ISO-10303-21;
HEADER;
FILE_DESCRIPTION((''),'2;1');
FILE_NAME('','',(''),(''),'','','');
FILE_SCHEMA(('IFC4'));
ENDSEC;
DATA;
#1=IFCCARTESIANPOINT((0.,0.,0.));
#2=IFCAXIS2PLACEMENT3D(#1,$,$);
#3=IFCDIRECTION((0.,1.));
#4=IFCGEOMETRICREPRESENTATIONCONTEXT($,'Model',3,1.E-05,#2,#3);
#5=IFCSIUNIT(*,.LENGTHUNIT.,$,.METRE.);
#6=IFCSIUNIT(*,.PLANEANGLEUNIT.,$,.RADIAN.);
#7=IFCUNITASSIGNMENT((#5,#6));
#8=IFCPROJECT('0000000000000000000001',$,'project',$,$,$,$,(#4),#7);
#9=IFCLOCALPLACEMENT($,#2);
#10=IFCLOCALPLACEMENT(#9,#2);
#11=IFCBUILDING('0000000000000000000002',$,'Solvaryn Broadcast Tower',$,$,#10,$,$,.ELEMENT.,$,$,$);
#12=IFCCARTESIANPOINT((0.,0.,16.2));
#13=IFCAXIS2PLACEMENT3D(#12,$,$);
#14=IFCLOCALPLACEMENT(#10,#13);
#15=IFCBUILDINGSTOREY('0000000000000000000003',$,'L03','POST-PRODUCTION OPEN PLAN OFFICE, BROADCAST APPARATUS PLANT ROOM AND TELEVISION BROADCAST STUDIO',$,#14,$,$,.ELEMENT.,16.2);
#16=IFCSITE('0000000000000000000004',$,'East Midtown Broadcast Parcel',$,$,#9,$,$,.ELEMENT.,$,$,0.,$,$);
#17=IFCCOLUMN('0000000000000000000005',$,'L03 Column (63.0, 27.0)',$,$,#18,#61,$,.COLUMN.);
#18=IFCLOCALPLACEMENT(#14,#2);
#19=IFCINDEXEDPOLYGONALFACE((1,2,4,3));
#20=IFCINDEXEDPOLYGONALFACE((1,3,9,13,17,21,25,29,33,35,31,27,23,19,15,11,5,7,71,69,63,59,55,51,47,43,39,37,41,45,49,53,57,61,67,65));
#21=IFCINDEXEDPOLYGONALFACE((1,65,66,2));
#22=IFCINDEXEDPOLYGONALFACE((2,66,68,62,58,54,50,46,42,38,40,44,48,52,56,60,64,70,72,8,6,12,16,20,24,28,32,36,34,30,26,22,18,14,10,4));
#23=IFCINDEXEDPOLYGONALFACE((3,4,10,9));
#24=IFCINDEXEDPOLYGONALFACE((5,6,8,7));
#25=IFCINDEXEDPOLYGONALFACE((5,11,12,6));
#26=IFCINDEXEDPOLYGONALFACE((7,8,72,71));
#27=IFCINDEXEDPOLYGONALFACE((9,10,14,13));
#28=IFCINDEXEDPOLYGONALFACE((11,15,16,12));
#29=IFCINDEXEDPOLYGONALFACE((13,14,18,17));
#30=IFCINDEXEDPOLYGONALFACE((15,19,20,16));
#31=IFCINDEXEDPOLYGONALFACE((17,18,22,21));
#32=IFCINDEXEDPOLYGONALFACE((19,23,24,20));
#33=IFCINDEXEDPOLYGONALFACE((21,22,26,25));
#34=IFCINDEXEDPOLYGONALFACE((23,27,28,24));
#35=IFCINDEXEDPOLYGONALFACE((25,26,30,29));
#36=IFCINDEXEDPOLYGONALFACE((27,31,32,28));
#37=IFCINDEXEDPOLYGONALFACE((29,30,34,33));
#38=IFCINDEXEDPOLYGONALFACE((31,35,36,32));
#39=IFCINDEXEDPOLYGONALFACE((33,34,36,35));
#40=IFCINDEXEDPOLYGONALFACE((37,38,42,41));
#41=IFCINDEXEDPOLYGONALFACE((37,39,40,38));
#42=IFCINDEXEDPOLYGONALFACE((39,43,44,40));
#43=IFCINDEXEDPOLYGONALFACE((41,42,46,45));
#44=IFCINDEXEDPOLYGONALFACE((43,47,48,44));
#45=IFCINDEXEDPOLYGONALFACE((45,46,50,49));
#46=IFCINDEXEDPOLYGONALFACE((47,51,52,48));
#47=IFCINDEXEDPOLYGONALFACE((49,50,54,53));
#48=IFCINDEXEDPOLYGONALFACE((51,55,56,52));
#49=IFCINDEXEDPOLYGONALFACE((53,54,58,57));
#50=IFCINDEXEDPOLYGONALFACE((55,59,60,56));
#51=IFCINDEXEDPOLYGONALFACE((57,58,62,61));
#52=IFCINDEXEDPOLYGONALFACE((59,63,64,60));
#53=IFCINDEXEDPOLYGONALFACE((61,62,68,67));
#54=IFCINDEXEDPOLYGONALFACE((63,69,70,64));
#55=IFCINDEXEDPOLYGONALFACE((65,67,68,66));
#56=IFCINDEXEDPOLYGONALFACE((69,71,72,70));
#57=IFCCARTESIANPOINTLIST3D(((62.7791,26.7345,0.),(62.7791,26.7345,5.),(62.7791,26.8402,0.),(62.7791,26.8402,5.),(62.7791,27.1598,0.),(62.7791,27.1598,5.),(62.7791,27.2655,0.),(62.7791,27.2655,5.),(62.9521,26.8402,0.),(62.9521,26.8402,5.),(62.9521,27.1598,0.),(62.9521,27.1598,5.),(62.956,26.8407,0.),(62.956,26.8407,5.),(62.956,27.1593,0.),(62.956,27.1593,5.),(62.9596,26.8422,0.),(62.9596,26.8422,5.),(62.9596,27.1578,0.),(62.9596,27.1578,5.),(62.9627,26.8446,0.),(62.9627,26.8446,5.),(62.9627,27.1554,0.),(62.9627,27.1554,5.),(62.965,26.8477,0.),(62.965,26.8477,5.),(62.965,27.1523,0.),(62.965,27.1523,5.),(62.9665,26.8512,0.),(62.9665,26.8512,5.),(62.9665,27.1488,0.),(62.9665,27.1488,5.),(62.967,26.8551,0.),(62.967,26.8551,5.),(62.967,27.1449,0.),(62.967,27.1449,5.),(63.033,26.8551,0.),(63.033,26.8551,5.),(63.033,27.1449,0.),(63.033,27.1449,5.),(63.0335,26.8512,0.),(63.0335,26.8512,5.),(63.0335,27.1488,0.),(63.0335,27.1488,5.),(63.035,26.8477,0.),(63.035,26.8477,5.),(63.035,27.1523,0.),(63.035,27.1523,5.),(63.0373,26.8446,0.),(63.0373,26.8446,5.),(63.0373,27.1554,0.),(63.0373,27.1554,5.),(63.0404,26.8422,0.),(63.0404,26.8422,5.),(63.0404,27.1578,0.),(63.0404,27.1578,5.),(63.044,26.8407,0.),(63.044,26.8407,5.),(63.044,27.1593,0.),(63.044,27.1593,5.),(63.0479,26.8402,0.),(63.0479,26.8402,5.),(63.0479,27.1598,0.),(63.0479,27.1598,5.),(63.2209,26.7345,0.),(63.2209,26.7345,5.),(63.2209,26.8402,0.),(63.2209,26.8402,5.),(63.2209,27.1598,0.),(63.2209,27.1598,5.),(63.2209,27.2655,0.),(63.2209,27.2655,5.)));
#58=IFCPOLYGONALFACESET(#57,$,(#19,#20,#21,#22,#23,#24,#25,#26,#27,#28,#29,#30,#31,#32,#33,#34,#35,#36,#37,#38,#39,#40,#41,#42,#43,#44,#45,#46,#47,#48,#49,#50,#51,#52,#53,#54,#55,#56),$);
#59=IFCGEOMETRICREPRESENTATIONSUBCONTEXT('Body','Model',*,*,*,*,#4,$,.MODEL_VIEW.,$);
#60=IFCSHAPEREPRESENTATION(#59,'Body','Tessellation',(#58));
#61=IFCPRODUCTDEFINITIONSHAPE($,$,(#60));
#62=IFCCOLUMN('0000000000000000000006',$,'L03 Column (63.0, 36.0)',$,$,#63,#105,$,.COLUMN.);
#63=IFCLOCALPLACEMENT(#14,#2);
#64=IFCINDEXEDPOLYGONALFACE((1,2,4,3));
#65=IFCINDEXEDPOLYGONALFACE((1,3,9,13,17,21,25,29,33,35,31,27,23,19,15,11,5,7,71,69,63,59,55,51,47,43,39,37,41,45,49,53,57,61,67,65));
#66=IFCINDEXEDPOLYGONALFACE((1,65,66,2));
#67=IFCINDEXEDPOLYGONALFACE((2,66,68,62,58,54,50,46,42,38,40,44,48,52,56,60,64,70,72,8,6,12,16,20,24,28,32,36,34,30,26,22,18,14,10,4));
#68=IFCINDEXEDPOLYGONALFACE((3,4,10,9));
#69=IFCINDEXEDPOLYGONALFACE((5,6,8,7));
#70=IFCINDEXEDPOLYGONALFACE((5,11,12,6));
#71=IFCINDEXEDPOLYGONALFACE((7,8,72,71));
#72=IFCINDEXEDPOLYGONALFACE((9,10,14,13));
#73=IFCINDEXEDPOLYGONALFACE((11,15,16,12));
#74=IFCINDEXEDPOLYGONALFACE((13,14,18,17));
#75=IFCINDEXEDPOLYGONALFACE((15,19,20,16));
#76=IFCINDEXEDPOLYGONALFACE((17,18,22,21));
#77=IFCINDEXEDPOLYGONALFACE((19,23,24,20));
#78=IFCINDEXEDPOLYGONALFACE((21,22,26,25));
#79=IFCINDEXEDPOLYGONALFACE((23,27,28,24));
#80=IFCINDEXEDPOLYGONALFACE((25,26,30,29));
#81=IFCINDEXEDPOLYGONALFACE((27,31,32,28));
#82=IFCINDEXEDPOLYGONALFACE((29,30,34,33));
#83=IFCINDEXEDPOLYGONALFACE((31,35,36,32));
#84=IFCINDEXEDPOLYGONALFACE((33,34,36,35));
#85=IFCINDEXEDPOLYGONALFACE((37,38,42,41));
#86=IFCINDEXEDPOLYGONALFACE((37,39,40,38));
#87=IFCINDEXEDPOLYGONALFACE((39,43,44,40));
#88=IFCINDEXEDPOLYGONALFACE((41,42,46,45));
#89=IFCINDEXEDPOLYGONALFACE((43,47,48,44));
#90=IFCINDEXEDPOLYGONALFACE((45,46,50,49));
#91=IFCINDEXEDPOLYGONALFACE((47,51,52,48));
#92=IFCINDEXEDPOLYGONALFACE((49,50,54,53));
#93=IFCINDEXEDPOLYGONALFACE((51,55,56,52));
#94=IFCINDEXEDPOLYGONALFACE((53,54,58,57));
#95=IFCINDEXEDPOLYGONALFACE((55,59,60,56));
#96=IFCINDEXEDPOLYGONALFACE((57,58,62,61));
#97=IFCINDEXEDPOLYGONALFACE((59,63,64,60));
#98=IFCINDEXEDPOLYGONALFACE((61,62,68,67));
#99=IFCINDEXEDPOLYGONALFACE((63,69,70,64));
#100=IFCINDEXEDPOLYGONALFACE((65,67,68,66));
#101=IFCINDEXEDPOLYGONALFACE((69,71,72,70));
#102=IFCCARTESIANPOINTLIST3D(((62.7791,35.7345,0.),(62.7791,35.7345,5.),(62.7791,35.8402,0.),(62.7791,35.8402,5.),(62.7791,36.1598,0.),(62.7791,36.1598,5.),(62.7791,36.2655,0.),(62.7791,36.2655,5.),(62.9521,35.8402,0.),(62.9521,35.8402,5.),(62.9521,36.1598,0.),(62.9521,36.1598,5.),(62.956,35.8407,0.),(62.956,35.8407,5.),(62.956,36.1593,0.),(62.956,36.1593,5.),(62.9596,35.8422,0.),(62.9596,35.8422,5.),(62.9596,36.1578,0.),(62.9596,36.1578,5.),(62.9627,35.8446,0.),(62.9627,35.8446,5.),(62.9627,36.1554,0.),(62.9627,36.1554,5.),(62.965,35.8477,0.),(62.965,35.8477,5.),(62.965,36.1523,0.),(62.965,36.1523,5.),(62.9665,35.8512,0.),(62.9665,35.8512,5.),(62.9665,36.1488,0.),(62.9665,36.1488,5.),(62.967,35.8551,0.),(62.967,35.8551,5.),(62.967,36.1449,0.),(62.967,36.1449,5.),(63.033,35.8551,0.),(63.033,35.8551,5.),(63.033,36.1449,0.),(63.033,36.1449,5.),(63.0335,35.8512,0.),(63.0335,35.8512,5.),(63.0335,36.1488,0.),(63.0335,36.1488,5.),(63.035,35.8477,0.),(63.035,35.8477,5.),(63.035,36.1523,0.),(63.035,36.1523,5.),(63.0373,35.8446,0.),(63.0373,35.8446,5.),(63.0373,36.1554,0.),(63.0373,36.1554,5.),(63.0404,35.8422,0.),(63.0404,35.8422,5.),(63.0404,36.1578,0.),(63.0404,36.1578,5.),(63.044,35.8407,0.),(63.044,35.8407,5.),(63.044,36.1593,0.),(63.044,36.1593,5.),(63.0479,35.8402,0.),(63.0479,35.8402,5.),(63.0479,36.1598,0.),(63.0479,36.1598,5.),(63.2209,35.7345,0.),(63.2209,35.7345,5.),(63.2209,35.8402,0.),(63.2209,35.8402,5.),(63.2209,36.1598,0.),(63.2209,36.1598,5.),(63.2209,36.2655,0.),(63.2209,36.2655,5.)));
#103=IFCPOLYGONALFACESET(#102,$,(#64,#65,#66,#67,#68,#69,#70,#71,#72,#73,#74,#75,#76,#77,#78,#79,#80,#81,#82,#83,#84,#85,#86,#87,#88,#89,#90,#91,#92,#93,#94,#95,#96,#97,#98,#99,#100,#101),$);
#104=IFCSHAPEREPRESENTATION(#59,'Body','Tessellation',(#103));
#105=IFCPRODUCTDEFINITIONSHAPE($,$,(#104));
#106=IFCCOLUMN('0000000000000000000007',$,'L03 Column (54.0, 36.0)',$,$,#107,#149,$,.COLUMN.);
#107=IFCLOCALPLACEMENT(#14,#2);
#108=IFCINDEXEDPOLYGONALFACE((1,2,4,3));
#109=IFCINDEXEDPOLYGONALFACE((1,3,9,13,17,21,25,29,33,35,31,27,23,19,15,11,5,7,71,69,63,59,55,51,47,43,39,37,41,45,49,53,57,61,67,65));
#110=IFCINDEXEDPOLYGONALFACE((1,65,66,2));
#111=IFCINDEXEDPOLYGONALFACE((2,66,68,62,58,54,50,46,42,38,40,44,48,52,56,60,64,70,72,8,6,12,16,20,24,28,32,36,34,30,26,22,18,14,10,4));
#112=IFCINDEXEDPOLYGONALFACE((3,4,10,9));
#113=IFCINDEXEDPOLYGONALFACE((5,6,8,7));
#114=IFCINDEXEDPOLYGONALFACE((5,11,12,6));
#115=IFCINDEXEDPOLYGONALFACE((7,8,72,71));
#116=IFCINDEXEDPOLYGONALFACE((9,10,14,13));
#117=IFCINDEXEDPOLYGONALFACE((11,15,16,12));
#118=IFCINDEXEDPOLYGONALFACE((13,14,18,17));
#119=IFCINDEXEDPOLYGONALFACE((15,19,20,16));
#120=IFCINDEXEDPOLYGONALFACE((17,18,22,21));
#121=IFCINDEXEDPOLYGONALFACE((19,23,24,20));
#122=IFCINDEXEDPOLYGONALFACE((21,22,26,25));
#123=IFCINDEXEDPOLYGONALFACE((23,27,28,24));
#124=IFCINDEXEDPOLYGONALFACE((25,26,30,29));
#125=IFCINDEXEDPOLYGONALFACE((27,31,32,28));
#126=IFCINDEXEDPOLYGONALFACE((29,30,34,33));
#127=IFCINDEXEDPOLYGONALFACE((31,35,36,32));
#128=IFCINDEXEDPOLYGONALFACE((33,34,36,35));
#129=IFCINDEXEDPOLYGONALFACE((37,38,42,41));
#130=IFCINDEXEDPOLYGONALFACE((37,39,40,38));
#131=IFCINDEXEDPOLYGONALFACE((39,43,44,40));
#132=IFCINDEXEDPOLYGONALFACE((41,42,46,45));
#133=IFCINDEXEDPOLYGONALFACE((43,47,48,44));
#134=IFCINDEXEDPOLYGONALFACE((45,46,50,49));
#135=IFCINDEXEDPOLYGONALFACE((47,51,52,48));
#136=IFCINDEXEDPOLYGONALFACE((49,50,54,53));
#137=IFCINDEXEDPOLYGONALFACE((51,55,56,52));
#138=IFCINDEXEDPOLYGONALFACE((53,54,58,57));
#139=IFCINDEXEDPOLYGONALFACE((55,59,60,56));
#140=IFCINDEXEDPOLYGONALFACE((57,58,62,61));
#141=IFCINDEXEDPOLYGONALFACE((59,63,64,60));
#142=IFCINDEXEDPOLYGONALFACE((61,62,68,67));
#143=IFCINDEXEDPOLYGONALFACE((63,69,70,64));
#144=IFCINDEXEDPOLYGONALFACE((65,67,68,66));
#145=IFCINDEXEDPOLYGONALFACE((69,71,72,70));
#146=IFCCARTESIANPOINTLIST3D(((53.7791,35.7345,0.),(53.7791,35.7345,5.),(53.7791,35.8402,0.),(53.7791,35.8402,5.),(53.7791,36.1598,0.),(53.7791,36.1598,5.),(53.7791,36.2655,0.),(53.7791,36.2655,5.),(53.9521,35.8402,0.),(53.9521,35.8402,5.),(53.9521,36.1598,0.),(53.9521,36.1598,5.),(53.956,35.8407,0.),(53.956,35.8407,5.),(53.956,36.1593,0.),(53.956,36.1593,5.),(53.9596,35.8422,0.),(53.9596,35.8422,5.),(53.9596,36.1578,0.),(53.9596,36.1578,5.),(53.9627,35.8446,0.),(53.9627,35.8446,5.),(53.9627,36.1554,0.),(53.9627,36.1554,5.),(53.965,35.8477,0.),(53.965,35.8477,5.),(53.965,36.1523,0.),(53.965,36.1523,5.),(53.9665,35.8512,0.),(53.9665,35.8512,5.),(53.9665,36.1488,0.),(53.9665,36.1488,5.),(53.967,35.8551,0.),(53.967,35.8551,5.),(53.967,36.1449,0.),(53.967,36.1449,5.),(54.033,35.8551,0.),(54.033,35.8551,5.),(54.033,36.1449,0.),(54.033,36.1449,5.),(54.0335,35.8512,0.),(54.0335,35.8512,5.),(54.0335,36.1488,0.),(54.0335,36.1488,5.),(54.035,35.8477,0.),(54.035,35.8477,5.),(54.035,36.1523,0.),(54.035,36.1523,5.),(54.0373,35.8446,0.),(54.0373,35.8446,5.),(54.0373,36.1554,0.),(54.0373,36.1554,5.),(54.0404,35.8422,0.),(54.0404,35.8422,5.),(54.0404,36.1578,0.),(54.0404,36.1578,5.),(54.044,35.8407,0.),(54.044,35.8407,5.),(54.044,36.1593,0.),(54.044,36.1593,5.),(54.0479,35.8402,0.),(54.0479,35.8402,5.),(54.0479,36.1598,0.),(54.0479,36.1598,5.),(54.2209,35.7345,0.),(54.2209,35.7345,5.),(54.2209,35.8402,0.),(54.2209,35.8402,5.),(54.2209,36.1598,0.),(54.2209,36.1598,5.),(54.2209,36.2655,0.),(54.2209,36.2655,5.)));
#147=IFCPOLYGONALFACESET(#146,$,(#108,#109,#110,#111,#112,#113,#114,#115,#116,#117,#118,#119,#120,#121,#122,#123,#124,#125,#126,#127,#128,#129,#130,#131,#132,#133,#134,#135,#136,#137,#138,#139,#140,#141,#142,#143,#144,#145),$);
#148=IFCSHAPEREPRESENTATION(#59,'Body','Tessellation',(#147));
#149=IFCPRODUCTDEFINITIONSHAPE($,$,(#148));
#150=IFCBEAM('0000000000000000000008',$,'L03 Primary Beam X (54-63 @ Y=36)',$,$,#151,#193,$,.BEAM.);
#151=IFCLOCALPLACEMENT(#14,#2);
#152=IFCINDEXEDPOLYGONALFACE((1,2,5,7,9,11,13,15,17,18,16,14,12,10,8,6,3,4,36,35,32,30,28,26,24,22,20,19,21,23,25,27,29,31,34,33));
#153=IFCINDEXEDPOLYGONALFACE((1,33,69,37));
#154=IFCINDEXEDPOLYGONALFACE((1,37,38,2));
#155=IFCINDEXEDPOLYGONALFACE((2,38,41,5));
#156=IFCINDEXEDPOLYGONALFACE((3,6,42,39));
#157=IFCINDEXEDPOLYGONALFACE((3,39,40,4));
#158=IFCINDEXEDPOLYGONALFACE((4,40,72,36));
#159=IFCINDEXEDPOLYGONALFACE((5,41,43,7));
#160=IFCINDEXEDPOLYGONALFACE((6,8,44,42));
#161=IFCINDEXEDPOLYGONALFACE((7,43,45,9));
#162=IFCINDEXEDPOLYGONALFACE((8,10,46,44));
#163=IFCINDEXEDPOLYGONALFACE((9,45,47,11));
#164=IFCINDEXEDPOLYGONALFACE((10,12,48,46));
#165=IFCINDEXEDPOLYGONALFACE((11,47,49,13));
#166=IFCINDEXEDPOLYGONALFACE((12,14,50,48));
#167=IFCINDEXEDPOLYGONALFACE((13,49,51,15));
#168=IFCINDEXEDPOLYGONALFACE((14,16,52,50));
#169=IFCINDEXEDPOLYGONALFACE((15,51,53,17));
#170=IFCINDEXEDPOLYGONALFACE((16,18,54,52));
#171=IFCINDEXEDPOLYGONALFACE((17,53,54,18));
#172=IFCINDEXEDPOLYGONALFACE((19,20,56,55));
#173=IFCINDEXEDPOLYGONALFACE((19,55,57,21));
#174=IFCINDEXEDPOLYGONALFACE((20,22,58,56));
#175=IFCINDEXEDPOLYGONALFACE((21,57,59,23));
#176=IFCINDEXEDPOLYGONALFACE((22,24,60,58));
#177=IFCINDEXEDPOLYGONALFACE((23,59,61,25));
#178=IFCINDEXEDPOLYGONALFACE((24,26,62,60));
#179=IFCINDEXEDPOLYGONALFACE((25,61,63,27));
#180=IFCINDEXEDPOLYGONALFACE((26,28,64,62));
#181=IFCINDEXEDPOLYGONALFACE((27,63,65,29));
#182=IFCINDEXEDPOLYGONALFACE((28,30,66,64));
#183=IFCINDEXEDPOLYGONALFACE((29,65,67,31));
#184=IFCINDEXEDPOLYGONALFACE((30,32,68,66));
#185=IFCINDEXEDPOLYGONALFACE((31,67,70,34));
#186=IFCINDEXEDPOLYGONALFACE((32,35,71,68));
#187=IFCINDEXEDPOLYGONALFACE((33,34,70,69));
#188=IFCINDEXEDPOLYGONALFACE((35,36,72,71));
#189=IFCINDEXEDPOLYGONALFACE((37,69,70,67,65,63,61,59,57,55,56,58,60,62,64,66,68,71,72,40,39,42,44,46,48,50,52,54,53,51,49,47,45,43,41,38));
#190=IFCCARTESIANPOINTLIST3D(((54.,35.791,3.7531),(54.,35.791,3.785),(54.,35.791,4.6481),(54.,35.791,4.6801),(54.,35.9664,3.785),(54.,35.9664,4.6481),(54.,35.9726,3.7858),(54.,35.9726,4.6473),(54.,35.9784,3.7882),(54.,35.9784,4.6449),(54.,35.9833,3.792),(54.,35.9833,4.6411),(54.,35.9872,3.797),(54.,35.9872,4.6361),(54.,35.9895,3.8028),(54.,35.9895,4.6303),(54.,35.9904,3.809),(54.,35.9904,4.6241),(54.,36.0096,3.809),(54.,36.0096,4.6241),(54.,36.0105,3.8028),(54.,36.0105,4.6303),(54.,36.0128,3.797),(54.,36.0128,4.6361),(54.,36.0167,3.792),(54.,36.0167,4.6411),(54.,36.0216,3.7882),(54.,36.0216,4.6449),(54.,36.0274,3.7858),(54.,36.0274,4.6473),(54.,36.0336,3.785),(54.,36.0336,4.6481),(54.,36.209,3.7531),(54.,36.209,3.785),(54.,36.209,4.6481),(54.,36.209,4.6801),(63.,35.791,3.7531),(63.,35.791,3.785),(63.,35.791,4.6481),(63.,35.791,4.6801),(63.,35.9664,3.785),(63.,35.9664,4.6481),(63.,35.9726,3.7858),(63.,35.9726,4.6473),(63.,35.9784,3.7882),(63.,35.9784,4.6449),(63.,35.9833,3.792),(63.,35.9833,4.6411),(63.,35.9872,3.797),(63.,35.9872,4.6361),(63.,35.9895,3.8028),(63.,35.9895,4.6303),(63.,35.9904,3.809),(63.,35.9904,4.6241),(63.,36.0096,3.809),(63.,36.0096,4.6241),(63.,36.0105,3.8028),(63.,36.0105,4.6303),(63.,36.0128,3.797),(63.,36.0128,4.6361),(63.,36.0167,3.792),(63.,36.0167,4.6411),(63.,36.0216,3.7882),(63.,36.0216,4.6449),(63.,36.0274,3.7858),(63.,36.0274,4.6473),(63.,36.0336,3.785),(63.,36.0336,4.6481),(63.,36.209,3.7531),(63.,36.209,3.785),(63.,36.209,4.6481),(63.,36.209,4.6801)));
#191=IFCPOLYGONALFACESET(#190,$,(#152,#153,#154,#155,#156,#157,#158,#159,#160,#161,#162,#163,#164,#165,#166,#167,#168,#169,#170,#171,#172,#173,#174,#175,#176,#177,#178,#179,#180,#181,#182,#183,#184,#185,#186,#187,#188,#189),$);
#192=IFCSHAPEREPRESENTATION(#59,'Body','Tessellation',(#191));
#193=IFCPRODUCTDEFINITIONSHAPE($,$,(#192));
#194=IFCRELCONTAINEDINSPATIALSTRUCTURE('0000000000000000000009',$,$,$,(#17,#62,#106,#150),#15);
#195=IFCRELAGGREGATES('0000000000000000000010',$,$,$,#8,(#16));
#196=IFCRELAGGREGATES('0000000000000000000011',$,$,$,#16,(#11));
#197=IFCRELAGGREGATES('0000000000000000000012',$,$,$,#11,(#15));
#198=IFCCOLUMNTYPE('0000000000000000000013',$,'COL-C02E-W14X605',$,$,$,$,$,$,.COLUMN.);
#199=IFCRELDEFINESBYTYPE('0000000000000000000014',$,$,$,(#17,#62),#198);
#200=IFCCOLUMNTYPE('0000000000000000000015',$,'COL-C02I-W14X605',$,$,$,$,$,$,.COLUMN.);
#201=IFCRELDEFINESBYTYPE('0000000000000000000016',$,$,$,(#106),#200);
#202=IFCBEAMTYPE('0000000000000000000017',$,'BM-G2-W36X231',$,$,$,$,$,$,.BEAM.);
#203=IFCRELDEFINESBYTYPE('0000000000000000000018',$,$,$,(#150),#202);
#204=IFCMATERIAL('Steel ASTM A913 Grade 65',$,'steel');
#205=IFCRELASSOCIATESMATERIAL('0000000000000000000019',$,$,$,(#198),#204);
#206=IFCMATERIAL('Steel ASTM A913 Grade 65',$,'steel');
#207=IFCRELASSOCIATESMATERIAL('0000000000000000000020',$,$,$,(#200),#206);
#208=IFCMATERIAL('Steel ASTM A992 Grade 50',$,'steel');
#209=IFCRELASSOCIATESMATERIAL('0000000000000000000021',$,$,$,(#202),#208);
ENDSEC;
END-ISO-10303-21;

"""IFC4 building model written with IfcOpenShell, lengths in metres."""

from ifc_helpers import new_model, si_unit, direction, frame, origin, origin_2d, place, context, subcontext, project, spatial, i_section, extrude, material, material_profile, profile_set, type_object, element, save


model = new_model("IFC4")

# Units and contexts
model_context = context("Model", 3, precision=1e-05, world=origin(), true_north=direction((0.0, 1.0)))
body_context = subcontext(model_context, "Body", "Model", "MODEL_VIEW")
ifc_project = project(units=[si_unit("LENGTHUNIT", "METRE"), si_unit("PLANEANGLEUNIT", "RADIAN")], contexts=[model_context])

# Site, building, storey
site_placement = place(None, origin())
site = spatial("IfcSite", under=ifc_project, at=site_placement, Name="East Midtown Broadcast Parcel", CompositionType="ELEMENT", RefElevation=0.0)
building_placement = place(site_placement, origin())
building = spatial("IfcBuilding", under=site, at=building_placement, Name="Solvaryn Broadcast Tower", CompositionType="ELEMENT")
storey_placement = place(building_placement, frame((0.0, 0.0, 16.2)))
storey = spatial("IfcBuildingStorey", under=building, at=storey_placement, Name="L03", Description="POST-PRODUCTION OPEN PLAN OFFICE, BROADCAST APPARATUS PLANT ROOM AND TELEVISION BROADCAST STUDIO", CompositionType="ELEMENT", Elevation=16.2)

# Columns
ifc_material_1 = material(Name="Steel ASTM A913 Grade 65", Category="steel")
ifc_material_profile_1 = material_profile(ifc_material_1, i_section(OverallWidth=0.4419, OverallDepth=0.531, WebThickness=0.0659, FlangeThickness=0.1057, FilletRadius=0.0149, at=origin_2d()))
ifc_profile_set_1 = profile_set([ifc_material_profile_1], Name="Steel ASTM A913 Grade 65")
column_type_1 = type_object("IfcColumnType", Name="COL-C02E-W14X605", PredefinedType="COLUMN", material=ifc_profile_set_1)
for number, where, z_axis, x_axis, name in (
    (1, (63.0, 27.0, 0.0), (0.0, 0.0, 1.0), (1.0, 0.0, 0.0), "L03 Column (63.0, 27.0)"),
    (2, (63.0, 36.0, 0.0), (0.0, 0.0, 1.0), (1.0, 0.0, 0.0), "L03 Column (63.0, 36.0)"),
):
    element("IfcColumn", number, at=place(storey_placement, frame(where, z_axis=z_axis, x_axis=x_axis)), inside=storey, type_object=column_type_1, Name=name, PredefinedType="COLUMN", context=body_context, shape_type="SweptSolid", body=[
        extrude(i_section(OverallWidth=0.4419, OverallDepth=0.531, WebThickness=0.0659, FlangeThickness=0.1057, FilletRadius=0.0149, at=origin_2d()), origin(), (0.0, 0.0, 1.0), 5.0),
    ])
ifc_material_2 = material(Name="Steel ASTM A913 Grade 65", Category="steel")
ifc_material_profile_2 = material_profile(ifc_material_2, i_section(OverallWidth=0.4419, OverallDepth=0.531, WebThickness=0.0659, FlangeThickness=0.1057, FilletRadius=0.0149, at=origin_2d()))
ifc_profile_set_2 = profile_set([ifc_material_profile_2], Name="Steel ASTM A913 Grade 65")
column_type_2 = type_object("IfcColumnType", Name="COL-C02I-W14X605", PredefinedType="COLUMN", material=ifc_profile_set_2)
column_placement = place(storey_placement, frame((54.0, 36.0, 0.0), z_axis=(0.0, 0.0, 1.0), x_axis=(1.0, 0.0, 0.0)))
element("IfcColumn", 3, at=column_placement, inside=storey, type_object=column_type_2, Name="L03 Column (54.0, 36.0)", PredefinedType="COLUMN", context=body_context, shape_type="SweptSolid", body=[
    extrude(i_section(OverallWidth=0.4419, OverallDepth=0.531, WebThickness=0.0659, FlangeThickness=0.1057, FilletRadius=0.0149, at=origin_2d()), origin(), (0.0, 0.0, 1.0), 5.0),
])

# Beam
ifc_material_3 = material(Name="Steel ASTM A992 Grade 50", Category="steel")
ifc_material_profile_3 = material_profile(ifc_material_3, i_section(OverallWidth=0.418, OverallDepth=0.927, WebThickness=0.0193, FlangeThickness=0.032, FilletRadius=0.0239, at=origin_2d()))
ifc_profile_set_3 = profile_set([ifc_material_profile_3], Name="Steel ASTM A992 Grade 50")
beam_type_1 = type_object("IfcBeamType", Name="BM-G2-W36X231", PredefinedType="BEAM", material=ifc_profile_set_3)
beam_1_placement = place(storey_placement, frame((54.0, 36.0, 4.2166), z_axis=(1.0, 0.0, 0.0), x_axis=(0.0, 1.0, 0.0)))
element("IfcBeam", 4, at=beam_1_placement, inside=storey, type_object=beam_type_1, Name="L03 Primary Beam X (54-63 @ Y=36)", PredefinedType="BEAM", context=body_context, shape_type="SweptSolid", body=[
    extrude(i_section(OverallWidth=0.418, OverallDepth=0.927, WebThickness=0.0193, FlangeThickness=0.032, FilletRadius=0.0239, at=origin_2d()), origin(), (0.0, 0.0, 1.0), 9.0),
])

save(model, "model.ifc")
